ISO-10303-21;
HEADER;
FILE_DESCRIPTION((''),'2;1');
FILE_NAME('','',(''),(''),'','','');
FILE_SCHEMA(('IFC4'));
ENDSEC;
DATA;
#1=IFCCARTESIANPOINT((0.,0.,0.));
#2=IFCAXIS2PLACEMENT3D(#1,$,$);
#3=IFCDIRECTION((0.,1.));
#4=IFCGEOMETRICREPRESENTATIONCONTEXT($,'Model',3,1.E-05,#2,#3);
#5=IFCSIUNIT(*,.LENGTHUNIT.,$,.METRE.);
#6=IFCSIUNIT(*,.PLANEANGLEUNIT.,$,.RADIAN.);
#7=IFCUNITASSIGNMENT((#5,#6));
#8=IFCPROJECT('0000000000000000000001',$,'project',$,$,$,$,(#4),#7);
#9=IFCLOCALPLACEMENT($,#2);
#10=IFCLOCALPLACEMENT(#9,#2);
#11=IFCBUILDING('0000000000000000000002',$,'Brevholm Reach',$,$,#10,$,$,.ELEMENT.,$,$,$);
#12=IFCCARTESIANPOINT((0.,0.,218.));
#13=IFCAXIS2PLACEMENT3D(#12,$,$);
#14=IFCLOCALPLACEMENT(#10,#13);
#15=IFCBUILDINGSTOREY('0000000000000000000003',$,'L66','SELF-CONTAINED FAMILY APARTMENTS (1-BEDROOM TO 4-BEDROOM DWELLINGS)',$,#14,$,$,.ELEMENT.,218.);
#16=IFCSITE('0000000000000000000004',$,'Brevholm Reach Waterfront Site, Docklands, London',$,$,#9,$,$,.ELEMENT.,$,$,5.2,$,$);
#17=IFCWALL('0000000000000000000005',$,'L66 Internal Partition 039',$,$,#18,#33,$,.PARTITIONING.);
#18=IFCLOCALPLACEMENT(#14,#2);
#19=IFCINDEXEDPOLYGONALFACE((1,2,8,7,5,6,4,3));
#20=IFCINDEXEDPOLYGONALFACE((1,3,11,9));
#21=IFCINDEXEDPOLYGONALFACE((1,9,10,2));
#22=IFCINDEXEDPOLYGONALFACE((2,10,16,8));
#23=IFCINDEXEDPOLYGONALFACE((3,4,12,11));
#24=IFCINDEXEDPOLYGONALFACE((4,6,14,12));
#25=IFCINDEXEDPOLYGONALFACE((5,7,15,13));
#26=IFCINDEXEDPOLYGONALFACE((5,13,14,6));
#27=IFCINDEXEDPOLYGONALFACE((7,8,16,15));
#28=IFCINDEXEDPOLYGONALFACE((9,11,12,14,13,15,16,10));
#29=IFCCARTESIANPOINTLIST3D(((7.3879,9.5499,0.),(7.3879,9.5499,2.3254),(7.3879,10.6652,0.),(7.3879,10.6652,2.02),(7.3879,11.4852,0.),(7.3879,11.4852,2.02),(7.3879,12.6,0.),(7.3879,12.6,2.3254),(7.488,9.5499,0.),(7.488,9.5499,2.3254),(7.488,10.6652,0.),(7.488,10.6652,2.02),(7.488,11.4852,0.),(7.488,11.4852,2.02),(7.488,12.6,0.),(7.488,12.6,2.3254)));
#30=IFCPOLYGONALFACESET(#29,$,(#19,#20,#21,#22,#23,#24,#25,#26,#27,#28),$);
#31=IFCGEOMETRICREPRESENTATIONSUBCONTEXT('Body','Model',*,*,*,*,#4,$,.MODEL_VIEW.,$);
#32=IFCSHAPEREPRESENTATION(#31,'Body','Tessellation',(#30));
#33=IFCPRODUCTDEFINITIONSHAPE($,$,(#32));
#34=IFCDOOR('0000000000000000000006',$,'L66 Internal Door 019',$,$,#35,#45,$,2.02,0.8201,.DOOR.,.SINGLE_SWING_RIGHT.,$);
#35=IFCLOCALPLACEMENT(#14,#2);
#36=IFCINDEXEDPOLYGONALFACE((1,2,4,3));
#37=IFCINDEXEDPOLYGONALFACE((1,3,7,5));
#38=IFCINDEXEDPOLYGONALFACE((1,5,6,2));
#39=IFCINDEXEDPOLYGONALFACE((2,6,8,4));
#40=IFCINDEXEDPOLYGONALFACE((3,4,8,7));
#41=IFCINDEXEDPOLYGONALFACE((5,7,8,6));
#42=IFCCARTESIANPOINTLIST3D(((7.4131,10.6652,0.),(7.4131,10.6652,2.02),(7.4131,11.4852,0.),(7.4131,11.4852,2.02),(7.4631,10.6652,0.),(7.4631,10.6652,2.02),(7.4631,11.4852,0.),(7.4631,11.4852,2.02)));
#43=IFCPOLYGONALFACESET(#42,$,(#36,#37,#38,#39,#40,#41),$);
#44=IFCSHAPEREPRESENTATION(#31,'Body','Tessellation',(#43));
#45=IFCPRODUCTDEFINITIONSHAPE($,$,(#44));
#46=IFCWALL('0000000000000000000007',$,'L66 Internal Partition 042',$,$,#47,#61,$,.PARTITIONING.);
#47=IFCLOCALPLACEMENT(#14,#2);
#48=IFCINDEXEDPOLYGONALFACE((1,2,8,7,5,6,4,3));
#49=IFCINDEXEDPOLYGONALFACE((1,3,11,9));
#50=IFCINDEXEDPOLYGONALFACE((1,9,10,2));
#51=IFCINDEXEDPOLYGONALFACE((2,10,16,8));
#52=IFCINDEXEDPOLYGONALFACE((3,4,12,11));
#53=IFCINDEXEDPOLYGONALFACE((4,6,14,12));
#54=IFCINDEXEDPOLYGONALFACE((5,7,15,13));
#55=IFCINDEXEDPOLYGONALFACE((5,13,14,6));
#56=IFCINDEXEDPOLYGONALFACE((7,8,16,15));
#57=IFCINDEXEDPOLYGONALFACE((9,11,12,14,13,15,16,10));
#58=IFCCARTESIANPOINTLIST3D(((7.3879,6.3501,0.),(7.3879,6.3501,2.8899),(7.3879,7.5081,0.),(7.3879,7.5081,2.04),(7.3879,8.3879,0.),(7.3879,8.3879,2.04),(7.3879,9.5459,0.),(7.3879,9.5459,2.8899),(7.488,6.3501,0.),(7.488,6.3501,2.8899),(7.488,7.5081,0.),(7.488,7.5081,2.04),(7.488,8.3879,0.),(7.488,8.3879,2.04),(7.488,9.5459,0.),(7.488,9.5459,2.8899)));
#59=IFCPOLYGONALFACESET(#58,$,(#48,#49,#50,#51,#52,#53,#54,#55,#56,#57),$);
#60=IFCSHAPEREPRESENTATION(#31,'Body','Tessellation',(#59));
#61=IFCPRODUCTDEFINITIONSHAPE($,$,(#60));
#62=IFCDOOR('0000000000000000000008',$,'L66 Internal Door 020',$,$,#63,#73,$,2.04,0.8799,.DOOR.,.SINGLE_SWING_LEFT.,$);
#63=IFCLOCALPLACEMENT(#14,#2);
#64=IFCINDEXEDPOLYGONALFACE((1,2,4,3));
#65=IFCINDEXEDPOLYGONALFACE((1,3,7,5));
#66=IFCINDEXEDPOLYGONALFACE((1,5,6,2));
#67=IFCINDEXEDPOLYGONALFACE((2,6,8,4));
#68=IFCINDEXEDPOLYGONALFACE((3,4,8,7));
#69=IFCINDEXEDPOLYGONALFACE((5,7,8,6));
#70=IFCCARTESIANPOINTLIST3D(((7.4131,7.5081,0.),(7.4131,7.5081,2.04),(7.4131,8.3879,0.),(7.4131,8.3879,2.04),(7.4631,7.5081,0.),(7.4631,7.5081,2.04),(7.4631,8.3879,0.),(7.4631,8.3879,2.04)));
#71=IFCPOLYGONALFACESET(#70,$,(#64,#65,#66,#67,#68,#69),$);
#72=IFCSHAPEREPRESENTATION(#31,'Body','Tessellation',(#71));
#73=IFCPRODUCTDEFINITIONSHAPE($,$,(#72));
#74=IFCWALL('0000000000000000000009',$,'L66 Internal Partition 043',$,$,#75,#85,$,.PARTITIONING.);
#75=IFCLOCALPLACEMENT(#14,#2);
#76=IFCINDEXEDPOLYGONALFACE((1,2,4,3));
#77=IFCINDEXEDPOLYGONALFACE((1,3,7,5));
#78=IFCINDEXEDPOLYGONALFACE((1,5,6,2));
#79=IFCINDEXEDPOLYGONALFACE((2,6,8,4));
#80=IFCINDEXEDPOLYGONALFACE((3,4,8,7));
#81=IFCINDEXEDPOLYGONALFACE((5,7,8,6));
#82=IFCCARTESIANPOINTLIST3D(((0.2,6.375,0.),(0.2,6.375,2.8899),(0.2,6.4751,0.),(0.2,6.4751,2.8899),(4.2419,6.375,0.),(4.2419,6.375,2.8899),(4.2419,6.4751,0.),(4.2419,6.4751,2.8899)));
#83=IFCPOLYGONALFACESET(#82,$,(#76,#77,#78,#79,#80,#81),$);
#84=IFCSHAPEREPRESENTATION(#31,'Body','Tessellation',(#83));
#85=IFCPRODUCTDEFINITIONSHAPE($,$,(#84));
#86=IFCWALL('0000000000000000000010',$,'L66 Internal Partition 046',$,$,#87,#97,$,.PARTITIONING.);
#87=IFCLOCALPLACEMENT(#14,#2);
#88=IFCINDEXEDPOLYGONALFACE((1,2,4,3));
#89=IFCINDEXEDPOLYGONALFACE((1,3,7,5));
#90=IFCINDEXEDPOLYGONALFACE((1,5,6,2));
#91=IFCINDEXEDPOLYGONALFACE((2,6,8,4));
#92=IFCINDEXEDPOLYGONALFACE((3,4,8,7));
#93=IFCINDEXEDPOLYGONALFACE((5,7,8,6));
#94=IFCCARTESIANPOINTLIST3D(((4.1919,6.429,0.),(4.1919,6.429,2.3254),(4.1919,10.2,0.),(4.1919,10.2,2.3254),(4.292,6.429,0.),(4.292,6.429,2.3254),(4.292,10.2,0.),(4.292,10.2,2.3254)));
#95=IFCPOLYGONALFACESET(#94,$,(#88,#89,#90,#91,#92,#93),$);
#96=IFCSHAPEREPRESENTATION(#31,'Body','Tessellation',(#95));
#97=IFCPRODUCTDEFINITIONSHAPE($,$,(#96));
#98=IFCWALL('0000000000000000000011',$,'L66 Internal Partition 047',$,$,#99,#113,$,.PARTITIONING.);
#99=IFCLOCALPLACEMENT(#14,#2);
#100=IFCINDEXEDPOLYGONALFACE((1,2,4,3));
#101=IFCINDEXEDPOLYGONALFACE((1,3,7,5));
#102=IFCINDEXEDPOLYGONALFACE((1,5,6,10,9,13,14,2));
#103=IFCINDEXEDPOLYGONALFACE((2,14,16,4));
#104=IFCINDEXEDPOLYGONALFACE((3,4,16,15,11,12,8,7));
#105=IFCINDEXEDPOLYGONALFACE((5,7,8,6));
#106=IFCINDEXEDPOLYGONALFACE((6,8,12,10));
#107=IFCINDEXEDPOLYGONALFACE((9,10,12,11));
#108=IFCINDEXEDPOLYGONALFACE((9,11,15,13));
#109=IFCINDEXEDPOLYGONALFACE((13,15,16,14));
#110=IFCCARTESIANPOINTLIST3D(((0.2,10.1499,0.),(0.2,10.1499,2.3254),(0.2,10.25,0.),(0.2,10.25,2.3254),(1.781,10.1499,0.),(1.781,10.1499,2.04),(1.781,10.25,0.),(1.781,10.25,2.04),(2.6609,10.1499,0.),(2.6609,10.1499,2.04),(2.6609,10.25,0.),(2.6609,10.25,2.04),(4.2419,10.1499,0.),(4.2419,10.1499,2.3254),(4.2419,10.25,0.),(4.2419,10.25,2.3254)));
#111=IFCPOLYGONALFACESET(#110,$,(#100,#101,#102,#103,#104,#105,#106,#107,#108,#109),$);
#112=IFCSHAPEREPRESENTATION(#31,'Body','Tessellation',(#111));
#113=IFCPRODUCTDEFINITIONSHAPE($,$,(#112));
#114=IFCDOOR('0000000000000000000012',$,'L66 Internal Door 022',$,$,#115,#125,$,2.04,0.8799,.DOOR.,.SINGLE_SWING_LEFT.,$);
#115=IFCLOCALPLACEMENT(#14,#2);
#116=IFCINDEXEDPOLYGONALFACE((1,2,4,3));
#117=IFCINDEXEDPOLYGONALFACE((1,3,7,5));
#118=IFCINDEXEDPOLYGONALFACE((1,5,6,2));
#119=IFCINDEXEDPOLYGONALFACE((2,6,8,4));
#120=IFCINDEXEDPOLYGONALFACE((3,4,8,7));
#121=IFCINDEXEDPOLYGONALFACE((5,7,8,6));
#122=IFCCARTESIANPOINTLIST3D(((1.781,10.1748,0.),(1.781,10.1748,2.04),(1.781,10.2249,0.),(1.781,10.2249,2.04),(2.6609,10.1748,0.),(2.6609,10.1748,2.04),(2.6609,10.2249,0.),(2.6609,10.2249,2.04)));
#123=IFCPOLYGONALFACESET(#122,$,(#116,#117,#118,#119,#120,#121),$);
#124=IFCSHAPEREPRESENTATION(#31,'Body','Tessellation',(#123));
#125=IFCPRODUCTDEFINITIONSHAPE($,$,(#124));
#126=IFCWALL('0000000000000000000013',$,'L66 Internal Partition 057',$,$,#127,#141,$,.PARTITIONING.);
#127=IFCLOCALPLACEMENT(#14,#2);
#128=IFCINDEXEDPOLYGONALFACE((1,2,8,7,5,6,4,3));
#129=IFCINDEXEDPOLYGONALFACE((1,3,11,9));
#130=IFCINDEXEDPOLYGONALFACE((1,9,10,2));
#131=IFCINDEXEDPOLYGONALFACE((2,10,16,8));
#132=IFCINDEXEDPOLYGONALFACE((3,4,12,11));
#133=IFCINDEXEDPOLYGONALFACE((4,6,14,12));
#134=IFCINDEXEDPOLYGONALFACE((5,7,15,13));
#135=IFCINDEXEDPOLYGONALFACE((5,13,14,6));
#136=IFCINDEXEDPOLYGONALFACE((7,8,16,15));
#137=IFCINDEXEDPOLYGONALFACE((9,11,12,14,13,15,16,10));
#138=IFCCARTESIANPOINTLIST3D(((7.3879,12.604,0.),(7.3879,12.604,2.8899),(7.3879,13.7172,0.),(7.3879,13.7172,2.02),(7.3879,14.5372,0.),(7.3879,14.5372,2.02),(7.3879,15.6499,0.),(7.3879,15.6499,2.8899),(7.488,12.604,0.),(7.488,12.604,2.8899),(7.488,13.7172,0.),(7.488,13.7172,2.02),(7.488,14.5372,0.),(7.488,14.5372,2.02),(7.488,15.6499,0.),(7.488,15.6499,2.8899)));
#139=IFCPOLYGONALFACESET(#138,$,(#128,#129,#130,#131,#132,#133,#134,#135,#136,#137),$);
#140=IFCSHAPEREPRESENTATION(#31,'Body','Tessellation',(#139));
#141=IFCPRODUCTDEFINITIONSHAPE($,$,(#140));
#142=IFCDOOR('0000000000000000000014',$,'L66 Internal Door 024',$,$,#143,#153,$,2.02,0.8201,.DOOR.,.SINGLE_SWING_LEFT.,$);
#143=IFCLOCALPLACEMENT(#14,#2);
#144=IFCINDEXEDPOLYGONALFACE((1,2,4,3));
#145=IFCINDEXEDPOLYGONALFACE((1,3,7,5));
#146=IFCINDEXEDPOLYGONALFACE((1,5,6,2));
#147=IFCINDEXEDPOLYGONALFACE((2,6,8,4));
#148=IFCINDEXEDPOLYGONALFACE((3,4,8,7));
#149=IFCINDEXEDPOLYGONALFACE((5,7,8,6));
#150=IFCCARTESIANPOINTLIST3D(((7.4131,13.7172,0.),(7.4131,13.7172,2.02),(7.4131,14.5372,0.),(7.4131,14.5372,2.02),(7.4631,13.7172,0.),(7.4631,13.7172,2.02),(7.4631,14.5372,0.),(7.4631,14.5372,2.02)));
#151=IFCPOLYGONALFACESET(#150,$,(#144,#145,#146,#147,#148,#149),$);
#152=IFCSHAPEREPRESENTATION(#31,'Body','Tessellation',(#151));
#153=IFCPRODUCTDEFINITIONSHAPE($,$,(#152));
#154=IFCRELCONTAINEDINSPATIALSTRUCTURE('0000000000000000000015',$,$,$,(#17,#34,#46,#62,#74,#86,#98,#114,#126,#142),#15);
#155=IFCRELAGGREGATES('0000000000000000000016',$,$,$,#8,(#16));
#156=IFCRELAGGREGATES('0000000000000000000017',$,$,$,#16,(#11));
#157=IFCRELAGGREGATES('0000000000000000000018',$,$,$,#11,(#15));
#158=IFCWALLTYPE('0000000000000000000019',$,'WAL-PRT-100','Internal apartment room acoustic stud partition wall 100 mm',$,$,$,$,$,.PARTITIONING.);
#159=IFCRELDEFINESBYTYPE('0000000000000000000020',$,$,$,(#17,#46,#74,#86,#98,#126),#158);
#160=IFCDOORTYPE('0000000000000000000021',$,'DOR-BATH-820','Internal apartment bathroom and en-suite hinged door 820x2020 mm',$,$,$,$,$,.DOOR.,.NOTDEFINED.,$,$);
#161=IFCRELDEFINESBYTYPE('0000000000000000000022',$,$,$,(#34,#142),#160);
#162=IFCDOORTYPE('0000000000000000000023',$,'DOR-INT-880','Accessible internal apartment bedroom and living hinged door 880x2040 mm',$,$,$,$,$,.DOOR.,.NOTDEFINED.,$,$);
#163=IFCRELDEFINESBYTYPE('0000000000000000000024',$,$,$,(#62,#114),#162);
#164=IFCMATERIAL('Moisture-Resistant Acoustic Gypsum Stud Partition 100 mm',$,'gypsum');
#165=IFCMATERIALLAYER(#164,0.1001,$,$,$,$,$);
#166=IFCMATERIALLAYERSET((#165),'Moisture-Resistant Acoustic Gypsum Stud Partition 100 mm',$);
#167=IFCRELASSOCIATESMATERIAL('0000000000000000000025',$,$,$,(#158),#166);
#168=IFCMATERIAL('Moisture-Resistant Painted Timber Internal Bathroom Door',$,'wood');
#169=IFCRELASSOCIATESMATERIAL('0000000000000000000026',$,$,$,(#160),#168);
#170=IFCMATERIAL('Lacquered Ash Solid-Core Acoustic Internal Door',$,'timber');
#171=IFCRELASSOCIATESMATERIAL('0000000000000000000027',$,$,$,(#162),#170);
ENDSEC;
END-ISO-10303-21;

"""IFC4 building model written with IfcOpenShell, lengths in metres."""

from ifc_helpers import new_model, si_unit, direction, frame, frame_2d, origin, place, context, subcontext, project, spatial, rectangle, extrude, material, layer, layer_set, type_object, element, fill, save


model = new_model("IFC4")

# Units and contexts
model_context = context("Model", 3, precision=1e-05, world=origin(), true_north=direction((0.0, 1.0)))
body_context = subcontext(model_context, "Body", "Model", "MODEL_VIEW")
ifc_project = project(units=[si_unit("LENGTHUNIT", "METRE"), si_unit("PLANEANGLEUNIT", "RADIAN")], contexts=[model_context])

# Site, building, storey
site_placement = place(None, origin())
site = spatial("IfcSite", under=ifc_project, at=site_placement, Name="Brevholm Reach Waterfront Site, Docklands, London", CompositionType="ELEMENT", RefElevation=5.2)
building_placement = place(site_placement, origin())
building = spatial("IfcBuilding", under=site, at=building_placement, Name="Brevholm Reach", CompositionType="ELEMENT")
storey_placement = place(building_placement, frame((0.0, 0.0, 218.0)))
storey = spatial("IfcBuildingStorey", under=building, at=storey_placement, Name="L66", Description="SELF-CONTAINED FAMILY APARTMENTS (1-BEDROOM TO 4-BEDROOM DWELLINGS)", CompositionType="ELEMENT", Elevation=218.0)

# Shared definitions
ifc_material_1 = material(Name="Moisture-Resistant Acoustic Gypsum Stud Partition 100 mm", Category="gypsum")
ifc_layer_1 = layer(ifc_material_1, 0.1001)
ifc_layer_set_1 = layer_set([ifc_layer_1], Name="Moisture-Resistant Acoustic Gypsum Stud Partition 100 mm")
wall_type_1 = type_object("IfcWallType", Name="WAL-PRT-100", Description="Internal apartment room acoustic stud partition wall 100 mm", PredefinedType="PARTITIONING", material=ifc_layer_set_1)

# Walls, openings, doors
wall_1_placement = place(storey_placement, frame((7.438, 9.55, 0.0), z_axis=(0.0, 0.0, 1.0), x_axis=(0.0, 1.0, 0.0)))
wall_1 = element("IfcWall", 1, at=wall_1_placement, inside=storey, type_object=wall_type_1, Name="L66 Internal Partition 039", PredefinedType="PARTITIONING", context=body_context, shape_type="SweptSolid", body=[
    extrude(rectangle(XDim=3.05, YDim=0.1001, at=frame_2d((1.5249, 0.0))), origin(), (0.0, 0.0, 1.0), 2.3254),
])
opening_1_placement = place(wall_1_placement, frame((1.115, 0.0, 0.0)))
opening_1 = element("IfcOpeningElement", 2, at=opening_1_placement, cuts=wall_1, PredefinedType="OPENING", context=body_context, shape_type="SweptSolid", body=[
    extrude(rectangle(XDim=0.8201, YDim=2.02, at=frame_2d((0.4102, 1.01))), frame((0.0, 0.0601, 0.0), z_axis=(0.0, -1.0, 0.0), x_axis=(1.0, 0.0, 0.0)), (0.0, 0.0, 1.0), 0.1201),
])
ifc_material_2 = material(Name="Moisture-Resistant Painted Timber Internal Bathroom Door", Category="wood")
door_type_1 = type_object("IfcDoorType", Name="DOR-BATH-820", Description="Internal apartment bathroom and en-suite hinged door 820x2020 mm", OperationType="NOTDEFINED", PredefinedType="DOOR", material=ifc_material_2)
door_1_placement = place(opening_1_placement, origin())
door_1 = element("IfcDoor", 3, at=door_1_placement, inside=storey, type_object=door_type_1, Name="L66 Internal Door 019", OperationType="SINGLE_SWING_RIGHT", OverallHeight=2.02, OverallWidth=0.8201, PredefinedType="DOOR", context=body_context, shape_type="SweptSolid", body=[
    extrude(rectangle(XDim=0.8201, YDim=2.02, at=frame_2d((0.4102, 1.01))), frame((0.0, 0.0249, 0.0), z_axis=(0.0, -1.0, 0.0), x_axis=(1.0, 0.0, 0.0)), (0.0, 0.0, 1.0), 0.05),
])
fill(opening_1, door_1)
wall_2_placement = place(storey_placement, frame((7.438, 6.3501, 0.0), z_axis=(0.0, 0.0, 1.0), x_axis=(0.0, 1.0, 0.0)))
wall_2 = element("IfcWall", 4, at=wall_2_placement, inside=storey, type_object=wall_type_1, Name="L66 Internal Partition 042", PredefinedType="PARTITIONING", context=body_context, shape_type="SweptSolid", body=[
    extrude(rectangle(XDim=3.1958, YDim=0.1001, at=frame_2d((1.5979, 0.0))), origin(), (0.0, 0.0, 1.0), 2.8899),
])
opening_2_placement = place(wall_2_placement, frame((1.158, 0.0, 0.0)))
opening_2 = element("IfcOpeningElement", 5, at=opening_2_placement, cuts=wall_2, PredefinedType="OPENING", context=body_context, shape_type="SweptSolid", body=[
    extrude(rectangle(XDim=0.8799, YDim=2.04, at=frame_2d((0.4399, 1.02))), frame((0.0, 0.0601, 0.0), z_axis=(0.0, -1.0, 0.0), x_axis=(1.0, 0.0, 0.0)), (0.0, 0.0, 1.0), 0.1201),
])
ifc_material_3 = material(Name="Lacquered Ash Solid-Core Acoustic Internal Door", Category="timber")
door_type_2 = type_object("IfcDoorType", Name="DOR-INT-880", Description="Accessible internal apartment bedroom and living hinged door 880x2040 mm", OperationType="NOTDEFINED", PredefinedType="DOOR", material=ifc_material_3)
door_2_placement = place(opening_2_placement, origin())
door_2 = element("IfcDoor", 6, at=door_2_placement, inside=storey, type_object=door_type_2, Name="L66 Internal Door 020", OperationType="SINGLE_SWING_LEFT", OverallHeight=2.04, OverallWidth=0.8799, PredefinedType="DOOR", context=body_context, shape_type="SweptSolid", body=[
    extrude(rectangle(XDim=0.8799, YDim=2.04, at=frame_2d((0.4399, 1.02))), frame((0.0, 0.0249, 0.0), z_axis=(0.0, -1.0, 0.0), x_axis=(1.0, 0.0, 0.0)), (0.0, 0.0, 1.0), 0.05),
])
fill(opening_2, door_2)

# Walls
wall_3_placement = place(storey_placement, frame((0.2, 6.425, 0.0), z_axis=(0.0, 0.0, 1.0), x_axis=(1.0, 0.0, 0.0)))
element("IfcWall", 7, at=wall_3_placement, inside=storey, type_object=wall_type_1, Name="L66 Internal Partition 043", PredefinedType="PARTITIONING", context=body_context, shape_type="SweptSolid", body=[
    extrude(rectangle(XDim=4.042, YDim=0.1001, at=frame_2d((2.021, 0.0))), origin(), (0.0, 0.0, 1.0), 2.8899),
])
wall_4_placement = place(storey_placement, frame((4.2419, 6.429, 0.0), z_axis=(0.0, 0.0, 1.0), x_axis=(0.0, 1.0, 0.0)))
element("IfcWall", 8, at=wall_4_placement, inside=storey, type_object=wall_type_1, Name="L66 Internal Partition 046", PredefinedType="PARTITIONING", context=body_context, shape_type="SweptSolid", body=[
    extrude(rectangle(XDim=3.771, YDim=0.1001, at=frame_2d((1.8855, 0.0))), origin(), (0.0, 0.0, 1.0), 2.3254),
])

# Walls, openings, doors
wall_5_placement = place(storey_placement, frame((0.2, 10.2, 0.0), z_axis=(0.0, 0.0, 1.0), x_axis=(1.0, 0.0, 0.0)))
wall_5 = element("IfcWall", 9, at=wall_5_placement, inside=storey, type_object=wall_type_1, Name="L66 Internal Partition 047", PredefinedType="PARTITIONING", context=body_context, shape_type="SweptSolid", body=[
    extrude(rectangle(XDim=4.042, YDim=0.1001, at=frame_2d((2.021, 0.0))), origin(), (0.0, 0.0, 1.0), 2.3254),
])
opening_3_placement = place(wall_5_placement, frame((1.5811, 0.0, 0.0)))
opening_3 = element("IfcOpeningElement", 10, at=opening_3_placement, cuts=wall_5, PredefinedType="OPENING", context=body_context, shape_type="SweptSolid", body=[
    extrude(rectangle(XDim=0.8799, YDim=2.04, at=frame_2d((0.4399, 1.02))), frame((0.0, 0.0601, 0.0), z_axis=(0.0, -1.0, 0.0), x_axis=(1.0, 0.0, 0.0)), (0.0, 0.0, 1.0), 0.1201),
])
door_3_placement = place(opening_3_placement, origin())
door_3 = element("IfcDoor", 11, at=door_3_placement, inside=storey, type_object=door_type_2, Name="L66 Internal Door 022", OperationType="SINGLE_SWING_LEFT", OverallHeight=2.04, OverallWidth=0.8799, PredefinedType="DOOR", context=body_context, shape_type="SweptSolid", body=[
    extrude(rectangle(XDim=0.8799, YDim=2.04, at=frame_2d((0.4399, 1.02))), frame((0.0, 0.0249, 0.0), z_axis=(0.0, -1.0, 0.0), x_axis=(1.0, 0.0, 0.0)), (0.0, 0.0, 1.0), 0.05),
])
fill(opening_3, door_3)
wall_6_placement = place(storey_placement, frame((7.438, 12.604, 0.0), z_axis=(0.0, 0.0, 1.0), x_axis=(0.0, 1.0, 0.0)))
wall_6 = element("IfcWall", 12, at=wall_6_placement, inside=storey, type_object=wall_type_1, Name="L66 Internal Partition 057", PredefinedType="PARTITIONING", context=body_context, shape_type="SweptSolid", body=[
    extrude(rectangle(XDim=3.0459, YDim=0.1001, at=frame_2d((1.5229, 0.0))), origin(), (0.0, 0.0, 1.0), 2.8899),
])
opening_4_placement = place(wall_6_placement, frame((1.113, 0.0, 0.0)))
opening_4 = element("IfcOpeningElement", 13, at=opening_4_placement, cuts=wall_6, PredefinedType="OPENING", context=body_context, shape_type="SweptSolid", body=[
    extrude(rectangle(XDim=0.8201, YDim=2.02, at=frame_2d((0.4102, 1.01))), frame((0.0, 0.0601, 0.0), z_axis=(0.0, -1.0, 0.0), x_axis=(1.0, 0.0, 0.0)), (0.0, 0.0, 1.0), 0.1201),
])
door_4_placement = place(opening_4_placement, origin())
door_4 = element("IfcDoor", 14, at=door_4_placement, inside=storey, type_object=door_type_1, Name="L66 Internal Door 024", OperationType="SINGLE_SWING_LEFT", OverallHeight=2.02, OverallWidth=0.8201, PredefinedType="DOOR", context=body_context, shape_type="SweptSolid", body=[
    extrude(rectangle(XDim=0.8201, YDim=2.02, at=frame_2d((0.4102, 1.01))), frame((0.0, 0.0249, 0.0), z_axis=(0.0, -1.0, 0.0), x_axis=(1.0, 0.0, 0.0)), (0.0, 0.0, 1.0), 0.05),
])
fill(opening_4, door_4)

save(model, "model.ifc")
